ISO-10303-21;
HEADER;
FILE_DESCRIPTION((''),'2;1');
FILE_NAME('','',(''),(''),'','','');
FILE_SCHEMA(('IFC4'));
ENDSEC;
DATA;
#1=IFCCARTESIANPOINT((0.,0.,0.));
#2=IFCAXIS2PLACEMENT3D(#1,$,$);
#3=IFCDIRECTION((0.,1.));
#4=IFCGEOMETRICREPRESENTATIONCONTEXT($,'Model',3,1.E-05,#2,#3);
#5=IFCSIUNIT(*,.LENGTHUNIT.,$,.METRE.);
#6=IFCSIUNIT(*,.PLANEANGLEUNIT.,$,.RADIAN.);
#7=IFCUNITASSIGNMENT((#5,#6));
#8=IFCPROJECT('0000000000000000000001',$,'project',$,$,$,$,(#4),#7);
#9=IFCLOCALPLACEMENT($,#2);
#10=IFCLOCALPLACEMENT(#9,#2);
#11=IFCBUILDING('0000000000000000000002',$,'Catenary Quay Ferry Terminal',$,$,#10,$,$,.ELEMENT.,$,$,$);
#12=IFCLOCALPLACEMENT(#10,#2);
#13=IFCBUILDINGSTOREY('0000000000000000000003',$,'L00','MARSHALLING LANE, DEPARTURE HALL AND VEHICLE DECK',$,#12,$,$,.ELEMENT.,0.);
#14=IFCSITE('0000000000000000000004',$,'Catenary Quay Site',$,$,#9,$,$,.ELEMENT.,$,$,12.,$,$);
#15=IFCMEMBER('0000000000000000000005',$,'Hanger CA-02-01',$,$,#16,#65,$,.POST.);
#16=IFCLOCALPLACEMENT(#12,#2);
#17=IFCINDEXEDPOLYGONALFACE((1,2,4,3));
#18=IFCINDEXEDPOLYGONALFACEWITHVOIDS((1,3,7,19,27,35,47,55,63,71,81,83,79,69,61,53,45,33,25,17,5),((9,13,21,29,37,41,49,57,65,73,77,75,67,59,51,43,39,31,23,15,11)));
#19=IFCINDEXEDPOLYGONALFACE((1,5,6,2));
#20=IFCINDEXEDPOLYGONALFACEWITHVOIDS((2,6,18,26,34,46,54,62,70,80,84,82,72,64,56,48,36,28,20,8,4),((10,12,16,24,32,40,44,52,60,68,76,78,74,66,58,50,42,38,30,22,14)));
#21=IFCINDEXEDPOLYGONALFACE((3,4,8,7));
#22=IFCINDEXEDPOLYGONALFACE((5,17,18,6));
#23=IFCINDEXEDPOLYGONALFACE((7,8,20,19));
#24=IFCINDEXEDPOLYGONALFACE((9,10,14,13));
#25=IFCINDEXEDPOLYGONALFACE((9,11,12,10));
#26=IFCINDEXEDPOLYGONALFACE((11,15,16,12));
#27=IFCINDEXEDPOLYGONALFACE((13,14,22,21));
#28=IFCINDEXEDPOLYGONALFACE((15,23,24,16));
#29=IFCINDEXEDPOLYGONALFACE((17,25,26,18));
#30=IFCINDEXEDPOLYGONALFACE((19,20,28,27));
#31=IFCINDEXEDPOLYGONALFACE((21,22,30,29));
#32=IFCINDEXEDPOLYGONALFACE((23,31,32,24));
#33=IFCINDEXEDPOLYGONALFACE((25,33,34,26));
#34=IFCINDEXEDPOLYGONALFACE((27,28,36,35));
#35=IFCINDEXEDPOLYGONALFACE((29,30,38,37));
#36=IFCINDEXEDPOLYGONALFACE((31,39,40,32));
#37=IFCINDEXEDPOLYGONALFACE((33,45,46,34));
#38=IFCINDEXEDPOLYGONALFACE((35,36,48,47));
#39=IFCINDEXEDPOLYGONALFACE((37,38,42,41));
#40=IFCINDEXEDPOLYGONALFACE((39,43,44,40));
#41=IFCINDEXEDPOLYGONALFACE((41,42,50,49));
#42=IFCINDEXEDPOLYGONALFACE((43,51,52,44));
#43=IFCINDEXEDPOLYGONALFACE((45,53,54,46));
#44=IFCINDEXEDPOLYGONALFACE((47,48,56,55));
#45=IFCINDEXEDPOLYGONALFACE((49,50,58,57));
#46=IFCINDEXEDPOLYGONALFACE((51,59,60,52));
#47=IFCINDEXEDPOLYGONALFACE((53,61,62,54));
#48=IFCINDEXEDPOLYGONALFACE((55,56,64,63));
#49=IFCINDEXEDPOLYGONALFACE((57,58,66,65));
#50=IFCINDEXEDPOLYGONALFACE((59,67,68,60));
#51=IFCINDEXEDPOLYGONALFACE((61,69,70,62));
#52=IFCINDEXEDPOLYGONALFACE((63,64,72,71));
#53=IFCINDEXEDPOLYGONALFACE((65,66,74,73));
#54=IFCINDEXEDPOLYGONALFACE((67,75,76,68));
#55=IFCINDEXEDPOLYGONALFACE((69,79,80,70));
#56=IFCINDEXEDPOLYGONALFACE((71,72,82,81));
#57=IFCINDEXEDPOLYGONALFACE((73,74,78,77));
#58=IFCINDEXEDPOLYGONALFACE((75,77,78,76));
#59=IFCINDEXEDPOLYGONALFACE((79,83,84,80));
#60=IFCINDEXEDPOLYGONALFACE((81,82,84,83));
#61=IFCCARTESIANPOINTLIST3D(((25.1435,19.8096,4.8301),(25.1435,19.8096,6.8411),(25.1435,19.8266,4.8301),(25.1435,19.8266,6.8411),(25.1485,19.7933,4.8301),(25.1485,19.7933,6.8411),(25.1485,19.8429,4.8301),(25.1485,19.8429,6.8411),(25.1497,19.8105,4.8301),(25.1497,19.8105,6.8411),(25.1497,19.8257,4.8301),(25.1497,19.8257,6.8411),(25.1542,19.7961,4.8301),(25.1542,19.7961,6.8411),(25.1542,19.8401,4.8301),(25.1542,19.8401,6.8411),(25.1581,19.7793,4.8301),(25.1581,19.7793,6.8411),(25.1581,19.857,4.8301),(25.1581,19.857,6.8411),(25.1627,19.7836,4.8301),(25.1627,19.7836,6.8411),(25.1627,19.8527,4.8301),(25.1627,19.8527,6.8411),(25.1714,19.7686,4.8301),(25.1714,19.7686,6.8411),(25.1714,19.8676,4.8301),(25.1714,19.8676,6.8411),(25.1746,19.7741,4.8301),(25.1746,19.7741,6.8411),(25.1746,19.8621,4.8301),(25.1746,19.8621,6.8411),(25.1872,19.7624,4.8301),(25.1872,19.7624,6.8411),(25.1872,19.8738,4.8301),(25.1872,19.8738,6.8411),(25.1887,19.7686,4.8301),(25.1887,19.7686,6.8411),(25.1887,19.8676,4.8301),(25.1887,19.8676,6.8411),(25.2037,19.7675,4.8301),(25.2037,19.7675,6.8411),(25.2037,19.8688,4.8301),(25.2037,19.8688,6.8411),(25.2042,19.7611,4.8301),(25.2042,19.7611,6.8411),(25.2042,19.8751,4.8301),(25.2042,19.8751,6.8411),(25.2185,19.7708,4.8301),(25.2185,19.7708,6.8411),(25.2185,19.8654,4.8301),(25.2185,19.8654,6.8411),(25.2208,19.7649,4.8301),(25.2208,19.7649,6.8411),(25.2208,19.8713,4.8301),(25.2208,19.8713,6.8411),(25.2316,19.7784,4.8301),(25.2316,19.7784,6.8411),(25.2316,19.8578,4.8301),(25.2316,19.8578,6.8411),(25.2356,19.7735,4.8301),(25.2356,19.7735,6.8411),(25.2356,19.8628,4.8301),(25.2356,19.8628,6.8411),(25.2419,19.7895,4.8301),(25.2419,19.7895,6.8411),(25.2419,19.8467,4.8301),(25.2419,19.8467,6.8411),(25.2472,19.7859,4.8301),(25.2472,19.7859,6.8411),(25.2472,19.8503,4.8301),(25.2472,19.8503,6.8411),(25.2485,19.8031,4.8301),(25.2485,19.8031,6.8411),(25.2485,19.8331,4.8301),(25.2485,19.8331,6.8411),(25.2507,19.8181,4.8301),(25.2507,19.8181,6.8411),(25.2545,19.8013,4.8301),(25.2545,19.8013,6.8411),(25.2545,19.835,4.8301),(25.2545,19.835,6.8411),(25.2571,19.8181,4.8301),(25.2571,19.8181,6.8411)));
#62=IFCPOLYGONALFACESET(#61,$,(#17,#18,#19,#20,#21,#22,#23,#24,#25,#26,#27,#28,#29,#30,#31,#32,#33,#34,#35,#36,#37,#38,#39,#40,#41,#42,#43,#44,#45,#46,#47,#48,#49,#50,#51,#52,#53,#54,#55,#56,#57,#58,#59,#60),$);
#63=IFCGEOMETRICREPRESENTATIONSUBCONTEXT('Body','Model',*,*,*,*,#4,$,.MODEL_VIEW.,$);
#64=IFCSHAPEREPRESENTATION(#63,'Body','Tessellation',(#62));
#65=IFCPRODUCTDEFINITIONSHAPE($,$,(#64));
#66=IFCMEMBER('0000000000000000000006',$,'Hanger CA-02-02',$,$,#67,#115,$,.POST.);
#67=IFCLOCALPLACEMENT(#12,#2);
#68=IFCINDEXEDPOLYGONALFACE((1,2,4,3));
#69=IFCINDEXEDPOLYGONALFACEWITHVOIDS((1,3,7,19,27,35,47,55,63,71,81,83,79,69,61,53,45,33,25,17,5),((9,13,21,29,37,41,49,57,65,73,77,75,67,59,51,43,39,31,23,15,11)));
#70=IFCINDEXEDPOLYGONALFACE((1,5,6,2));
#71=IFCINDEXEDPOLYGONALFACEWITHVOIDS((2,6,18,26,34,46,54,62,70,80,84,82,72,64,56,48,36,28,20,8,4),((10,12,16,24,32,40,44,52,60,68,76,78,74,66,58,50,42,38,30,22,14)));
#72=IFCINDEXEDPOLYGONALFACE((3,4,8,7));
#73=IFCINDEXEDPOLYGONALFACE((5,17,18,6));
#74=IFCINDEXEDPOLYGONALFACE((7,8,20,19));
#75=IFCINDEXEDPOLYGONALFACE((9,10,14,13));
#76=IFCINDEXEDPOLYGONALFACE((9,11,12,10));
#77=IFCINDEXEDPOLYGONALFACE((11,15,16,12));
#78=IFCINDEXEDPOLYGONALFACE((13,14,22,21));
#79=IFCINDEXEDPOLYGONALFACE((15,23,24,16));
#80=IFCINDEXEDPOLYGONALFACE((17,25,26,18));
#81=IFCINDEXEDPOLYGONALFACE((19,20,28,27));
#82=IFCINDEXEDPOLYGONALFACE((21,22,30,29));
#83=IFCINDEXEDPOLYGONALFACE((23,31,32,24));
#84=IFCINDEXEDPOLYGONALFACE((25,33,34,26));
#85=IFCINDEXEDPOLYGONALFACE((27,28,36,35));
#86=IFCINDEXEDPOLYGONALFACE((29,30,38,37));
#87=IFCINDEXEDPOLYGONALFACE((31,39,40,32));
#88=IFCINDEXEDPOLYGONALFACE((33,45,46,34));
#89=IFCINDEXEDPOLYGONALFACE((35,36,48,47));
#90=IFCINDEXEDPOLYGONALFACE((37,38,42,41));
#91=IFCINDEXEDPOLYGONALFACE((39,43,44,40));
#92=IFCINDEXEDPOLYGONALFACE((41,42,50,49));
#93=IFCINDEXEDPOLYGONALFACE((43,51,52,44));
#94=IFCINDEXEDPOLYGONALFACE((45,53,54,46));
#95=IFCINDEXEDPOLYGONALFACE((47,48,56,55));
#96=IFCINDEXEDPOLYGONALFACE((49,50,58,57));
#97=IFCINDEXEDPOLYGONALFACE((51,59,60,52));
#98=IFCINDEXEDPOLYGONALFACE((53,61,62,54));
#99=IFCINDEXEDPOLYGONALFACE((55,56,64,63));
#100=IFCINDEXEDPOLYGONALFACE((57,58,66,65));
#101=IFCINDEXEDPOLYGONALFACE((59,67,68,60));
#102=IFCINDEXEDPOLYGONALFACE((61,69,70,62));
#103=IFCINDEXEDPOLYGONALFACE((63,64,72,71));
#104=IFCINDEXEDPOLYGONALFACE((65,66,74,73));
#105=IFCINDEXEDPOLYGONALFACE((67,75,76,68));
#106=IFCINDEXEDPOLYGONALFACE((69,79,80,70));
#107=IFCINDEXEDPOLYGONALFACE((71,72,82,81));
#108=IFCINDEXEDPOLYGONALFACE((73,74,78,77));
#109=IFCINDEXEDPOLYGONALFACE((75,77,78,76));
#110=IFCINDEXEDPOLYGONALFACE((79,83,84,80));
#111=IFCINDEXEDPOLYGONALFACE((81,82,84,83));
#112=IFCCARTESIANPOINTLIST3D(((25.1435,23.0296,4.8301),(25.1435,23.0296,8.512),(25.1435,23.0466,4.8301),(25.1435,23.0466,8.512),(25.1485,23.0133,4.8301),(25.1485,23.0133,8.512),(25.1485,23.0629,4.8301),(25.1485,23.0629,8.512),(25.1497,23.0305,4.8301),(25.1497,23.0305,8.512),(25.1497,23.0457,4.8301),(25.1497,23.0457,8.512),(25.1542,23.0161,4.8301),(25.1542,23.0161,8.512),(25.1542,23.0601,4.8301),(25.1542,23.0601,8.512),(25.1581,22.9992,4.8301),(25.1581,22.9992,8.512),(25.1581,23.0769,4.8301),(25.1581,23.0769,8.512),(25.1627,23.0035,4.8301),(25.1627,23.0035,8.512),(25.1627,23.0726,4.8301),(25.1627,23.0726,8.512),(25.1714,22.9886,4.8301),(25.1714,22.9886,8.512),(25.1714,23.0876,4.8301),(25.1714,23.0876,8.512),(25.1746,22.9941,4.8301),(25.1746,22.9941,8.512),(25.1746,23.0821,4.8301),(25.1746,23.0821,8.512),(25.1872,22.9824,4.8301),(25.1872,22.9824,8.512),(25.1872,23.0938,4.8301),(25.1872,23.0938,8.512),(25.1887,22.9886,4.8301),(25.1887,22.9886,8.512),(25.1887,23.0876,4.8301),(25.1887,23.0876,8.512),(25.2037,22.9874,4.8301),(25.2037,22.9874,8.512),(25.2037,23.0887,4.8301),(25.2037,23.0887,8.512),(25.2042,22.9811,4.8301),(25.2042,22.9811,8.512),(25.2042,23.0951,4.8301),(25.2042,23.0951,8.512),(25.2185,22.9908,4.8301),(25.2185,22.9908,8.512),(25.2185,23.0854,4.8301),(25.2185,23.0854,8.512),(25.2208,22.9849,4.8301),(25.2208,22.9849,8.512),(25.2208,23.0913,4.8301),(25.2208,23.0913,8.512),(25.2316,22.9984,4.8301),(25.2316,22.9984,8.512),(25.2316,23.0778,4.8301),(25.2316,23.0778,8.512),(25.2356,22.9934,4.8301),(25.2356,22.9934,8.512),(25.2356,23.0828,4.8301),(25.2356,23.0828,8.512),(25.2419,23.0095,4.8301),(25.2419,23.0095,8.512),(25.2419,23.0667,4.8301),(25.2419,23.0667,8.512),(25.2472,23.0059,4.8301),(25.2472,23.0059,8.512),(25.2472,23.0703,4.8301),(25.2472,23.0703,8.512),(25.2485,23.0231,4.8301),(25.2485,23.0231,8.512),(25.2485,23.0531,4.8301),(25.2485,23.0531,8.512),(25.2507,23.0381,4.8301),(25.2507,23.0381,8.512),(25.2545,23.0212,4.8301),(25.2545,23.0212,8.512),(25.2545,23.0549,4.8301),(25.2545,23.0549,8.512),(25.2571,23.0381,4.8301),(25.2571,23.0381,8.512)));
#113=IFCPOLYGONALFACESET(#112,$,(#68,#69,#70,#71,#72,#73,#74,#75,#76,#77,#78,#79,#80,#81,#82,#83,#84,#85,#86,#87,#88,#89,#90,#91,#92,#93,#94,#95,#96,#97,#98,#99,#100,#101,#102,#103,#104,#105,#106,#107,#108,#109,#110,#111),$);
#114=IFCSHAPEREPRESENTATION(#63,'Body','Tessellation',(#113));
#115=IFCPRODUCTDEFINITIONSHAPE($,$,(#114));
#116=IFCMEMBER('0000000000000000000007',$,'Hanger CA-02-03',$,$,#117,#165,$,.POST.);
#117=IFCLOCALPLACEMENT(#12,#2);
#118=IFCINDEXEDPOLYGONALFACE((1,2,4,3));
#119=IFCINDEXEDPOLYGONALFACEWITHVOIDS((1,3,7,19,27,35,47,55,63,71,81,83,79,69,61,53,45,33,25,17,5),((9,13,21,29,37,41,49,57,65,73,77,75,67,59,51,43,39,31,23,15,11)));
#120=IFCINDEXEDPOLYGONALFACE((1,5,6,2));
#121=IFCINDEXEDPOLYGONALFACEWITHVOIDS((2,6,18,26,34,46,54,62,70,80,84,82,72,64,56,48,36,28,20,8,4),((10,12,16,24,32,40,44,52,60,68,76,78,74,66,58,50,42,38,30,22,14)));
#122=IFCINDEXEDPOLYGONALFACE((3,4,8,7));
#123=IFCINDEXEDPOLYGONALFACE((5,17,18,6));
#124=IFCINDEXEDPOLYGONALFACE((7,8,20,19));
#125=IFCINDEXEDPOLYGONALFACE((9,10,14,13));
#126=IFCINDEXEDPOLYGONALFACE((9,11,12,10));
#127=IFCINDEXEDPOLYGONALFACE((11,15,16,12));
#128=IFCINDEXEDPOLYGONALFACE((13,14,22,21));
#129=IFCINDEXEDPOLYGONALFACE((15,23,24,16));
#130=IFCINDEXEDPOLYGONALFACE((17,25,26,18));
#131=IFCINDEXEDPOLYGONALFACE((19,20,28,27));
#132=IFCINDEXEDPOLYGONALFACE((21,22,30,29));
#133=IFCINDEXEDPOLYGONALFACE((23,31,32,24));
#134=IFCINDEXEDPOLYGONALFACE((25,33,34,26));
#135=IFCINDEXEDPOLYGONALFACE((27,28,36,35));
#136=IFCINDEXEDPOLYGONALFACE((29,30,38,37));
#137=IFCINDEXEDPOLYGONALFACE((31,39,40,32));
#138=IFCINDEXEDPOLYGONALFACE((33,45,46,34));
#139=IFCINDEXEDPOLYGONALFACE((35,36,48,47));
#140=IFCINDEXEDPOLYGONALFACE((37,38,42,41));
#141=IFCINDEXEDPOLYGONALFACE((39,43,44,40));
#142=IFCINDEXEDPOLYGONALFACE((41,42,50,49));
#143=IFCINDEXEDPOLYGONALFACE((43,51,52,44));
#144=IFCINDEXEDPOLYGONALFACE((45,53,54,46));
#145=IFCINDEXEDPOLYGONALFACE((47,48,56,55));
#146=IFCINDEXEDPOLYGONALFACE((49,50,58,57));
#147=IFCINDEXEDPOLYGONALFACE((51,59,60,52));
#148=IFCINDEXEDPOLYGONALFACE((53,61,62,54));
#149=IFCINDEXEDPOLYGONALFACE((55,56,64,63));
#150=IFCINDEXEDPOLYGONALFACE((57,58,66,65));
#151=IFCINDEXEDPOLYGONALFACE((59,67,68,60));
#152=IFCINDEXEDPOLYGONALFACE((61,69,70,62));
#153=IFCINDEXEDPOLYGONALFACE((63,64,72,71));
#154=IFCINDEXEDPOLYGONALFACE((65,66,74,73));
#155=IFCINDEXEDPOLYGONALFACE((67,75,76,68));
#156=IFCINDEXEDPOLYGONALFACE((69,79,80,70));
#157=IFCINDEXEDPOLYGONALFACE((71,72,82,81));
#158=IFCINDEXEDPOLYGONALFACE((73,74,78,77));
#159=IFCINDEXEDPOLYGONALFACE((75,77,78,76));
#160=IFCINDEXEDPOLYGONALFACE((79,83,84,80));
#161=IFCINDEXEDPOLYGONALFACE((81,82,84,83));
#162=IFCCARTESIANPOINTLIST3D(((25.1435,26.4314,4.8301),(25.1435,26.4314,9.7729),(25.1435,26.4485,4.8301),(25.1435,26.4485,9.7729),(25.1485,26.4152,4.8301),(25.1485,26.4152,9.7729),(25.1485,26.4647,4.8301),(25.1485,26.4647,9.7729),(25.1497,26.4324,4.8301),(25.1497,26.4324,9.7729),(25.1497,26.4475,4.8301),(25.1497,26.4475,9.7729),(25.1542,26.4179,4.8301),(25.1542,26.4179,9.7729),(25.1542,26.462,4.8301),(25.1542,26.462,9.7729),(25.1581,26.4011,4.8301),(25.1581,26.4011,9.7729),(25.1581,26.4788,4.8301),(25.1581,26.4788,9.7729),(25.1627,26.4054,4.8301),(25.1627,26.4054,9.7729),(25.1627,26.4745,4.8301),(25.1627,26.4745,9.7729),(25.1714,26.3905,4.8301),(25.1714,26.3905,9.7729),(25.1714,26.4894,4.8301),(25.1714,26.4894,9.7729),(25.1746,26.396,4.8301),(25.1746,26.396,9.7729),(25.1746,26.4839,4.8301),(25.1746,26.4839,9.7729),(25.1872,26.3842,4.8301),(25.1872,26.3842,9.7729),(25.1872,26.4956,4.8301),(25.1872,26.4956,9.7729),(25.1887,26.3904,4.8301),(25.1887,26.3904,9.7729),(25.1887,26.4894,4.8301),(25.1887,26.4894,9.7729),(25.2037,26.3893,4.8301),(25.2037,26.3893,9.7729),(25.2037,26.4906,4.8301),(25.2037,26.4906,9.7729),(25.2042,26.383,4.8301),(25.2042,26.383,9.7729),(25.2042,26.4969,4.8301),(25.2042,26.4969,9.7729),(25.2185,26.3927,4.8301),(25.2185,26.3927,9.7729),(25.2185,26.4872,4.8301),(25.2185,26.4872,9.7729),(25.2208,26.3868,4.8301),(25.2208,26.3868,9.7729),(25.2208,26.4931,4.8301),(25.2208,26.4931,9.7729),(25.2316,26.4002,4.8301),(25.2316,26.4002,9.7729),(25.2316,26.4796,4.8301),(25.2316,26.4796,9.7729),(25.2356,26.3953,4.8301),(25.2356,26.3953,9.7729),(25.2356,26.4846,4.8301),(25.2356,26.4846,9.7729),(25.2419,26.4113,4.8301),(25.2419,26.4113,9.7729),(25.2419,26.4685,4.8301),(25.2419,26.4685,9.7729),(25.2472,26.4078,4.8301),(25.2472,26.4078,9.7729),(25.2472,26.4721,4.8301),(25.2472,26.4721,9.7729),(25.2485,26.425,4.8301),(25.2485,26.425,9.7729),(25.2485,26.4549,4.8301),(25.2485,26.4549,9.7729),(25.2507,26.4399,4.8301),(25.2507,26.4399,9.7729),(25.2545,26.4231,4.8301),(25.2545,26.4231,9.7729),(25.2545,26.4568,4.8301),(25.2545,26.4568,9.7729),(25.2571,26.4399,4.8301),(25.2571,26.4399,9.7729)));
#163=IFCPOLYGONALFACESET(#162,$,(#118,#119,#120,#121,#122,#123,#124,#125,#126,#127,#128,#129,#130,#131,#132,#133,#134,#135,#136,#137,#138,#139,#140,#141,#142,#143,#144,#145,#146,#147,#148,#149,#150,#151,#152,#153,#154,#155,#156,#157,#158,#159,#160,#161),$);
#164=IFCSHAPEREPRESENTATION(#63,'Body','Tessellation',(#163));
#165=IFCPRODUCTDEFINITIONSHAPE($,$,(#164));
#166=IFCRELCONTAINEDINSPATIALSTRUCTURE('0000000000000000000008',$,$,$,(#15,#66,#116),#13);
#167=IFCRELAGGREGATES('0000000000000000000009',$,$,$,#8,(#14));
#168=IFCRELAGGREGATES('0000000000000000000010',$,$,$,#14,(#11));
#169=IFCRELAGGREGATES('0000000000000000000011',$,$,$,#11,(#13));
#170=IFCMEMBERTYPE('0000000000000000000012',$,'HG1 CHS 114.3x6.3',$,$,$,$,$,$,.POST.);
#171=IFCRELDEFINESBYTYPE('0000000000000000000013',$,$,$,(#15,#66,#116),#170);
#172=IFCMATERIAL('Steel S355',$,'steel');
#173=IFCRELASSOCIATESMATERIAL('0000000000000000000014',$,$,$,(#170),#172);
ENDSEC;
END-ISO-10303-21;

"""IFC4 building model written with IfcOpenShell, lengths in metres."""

from ifc_helpers import new_model, si_unit, direction, frame, origin, origin_2d, place, context, subcontext, project, spatial, hollow_circle, extrude, material, material_profile, profile_set, type_object, element, save


model = new_model("IFC4")

# Units and contexts
model_context = context("Model", 3, precision=1e-05, world=origin(), true_north=direction((0.0, 1.0)))
body_context = subcontext(model_context, "Body", "Model", "MODEL_VIEW")
ifc_project = project(units=[si_unit("LENGTHUNIT", "METRE"), si_unit("PLANEANGLEUNIT", "RADIAN")], contexts=[model_context])

# Site, building, storey
site_placement = place(None, origin())
site = spatial("IfcSite", under=ifc_project, at=site_placement, Name="Catenary Quay Site", CompositionType="ELEMENT", RefElevation=12.0)
building_placement = place(site_placement, origin())
building = spatial("IfcBuilding", under=site, at=building_placement, Name="Catenary Quay Ferry Terminal", CompositionType="ELEMENT")
storey_placement = place(building_placement, origin())
storey = spatial("IfcBuildingStorey", under=building, at=storey_placement, Name="L00", Description="MARSHALLING LANE, DEPARTURE HALL AND VEHICLE DECK", CompositionType="ELEMENT", Elevation=0.0)

# Members
ifc_material_1 = material(Name="Steel S355", Category="steel")
ifc_material_profile_1 = material_profile(ifc_material_1, hollow_circle(Radius=0.0571, WallThickness=0.0063, at=origin_2d()), Name="CHS 114.3x6.3")
ifc_profile_set_1 = profile_set([ifc_material_profile_1], Name="Steel S355")
member_type_1 = type_object("IfcMemberType", Name="HG1 CHS 114.3x6.3", PredefinedType="POST", material=ifc_profile_set_1)
member_1_placement = place(storey_placement, frame((25.2, 19.8181, 4.8301), z_axis=(0.0, 0.0, 1.0), x_axis=(1.0, 0.0, 0.0)))
element("IfcMember", 1, at=member_1_placement, inside=storey, type_object=member_type_1, Name="Hanger CA-02-01", PredefinedType="POST", context=body_context, shape_type="SweptSolid", body=[
    extrude(hollow_circle(Radius=0.0571, WallThickness=0.0063, at=origin_2d()), origin(), (0.0, 0.0, 1.0), 2.011),
])
member_2_placement = place(storey_placement, frame((25.2, 23.0381, 4.8301), z_axis=(0.0, 0.0, 1.0), x_axis=(1.0, 0.0, 0.0)))
element("IfcMember", 2, at=member_2_placement, inside=storey, type_object=member_type_1, Name="Hanger CA-02-02", PredefinedType="POST", context=body_context, shape_type="SweptSolid", body=[
    extrude(hollow_circle(Radius=0.0571, WallThickness=0.0063, at=origin_2d()), origin(), (0.0, 0.0, 1.0), 3.6819),
])
member_3_placement = place(storey_placement, frame((25.2, 26.4399, 4.8301), z_axis=(0.0, 0.0, 1.0), x_axis=(1.0, 0.0, 0.0)))
element("IfcMember", 3, at=member_3_placement, inside=storey, type_object=member_type_1, Name="Hanger CA-02-03", PredefinedType="POST", context=body_context, shape_type="SweptSolid", body=[
    extrude(hollow_circle(Radius=0.0571, WallThickness=0.0063, at=origin_2d()), origin(), (0.0, 0.0, 1.0), 4.9429),
])

save(model, "model.ifc")
